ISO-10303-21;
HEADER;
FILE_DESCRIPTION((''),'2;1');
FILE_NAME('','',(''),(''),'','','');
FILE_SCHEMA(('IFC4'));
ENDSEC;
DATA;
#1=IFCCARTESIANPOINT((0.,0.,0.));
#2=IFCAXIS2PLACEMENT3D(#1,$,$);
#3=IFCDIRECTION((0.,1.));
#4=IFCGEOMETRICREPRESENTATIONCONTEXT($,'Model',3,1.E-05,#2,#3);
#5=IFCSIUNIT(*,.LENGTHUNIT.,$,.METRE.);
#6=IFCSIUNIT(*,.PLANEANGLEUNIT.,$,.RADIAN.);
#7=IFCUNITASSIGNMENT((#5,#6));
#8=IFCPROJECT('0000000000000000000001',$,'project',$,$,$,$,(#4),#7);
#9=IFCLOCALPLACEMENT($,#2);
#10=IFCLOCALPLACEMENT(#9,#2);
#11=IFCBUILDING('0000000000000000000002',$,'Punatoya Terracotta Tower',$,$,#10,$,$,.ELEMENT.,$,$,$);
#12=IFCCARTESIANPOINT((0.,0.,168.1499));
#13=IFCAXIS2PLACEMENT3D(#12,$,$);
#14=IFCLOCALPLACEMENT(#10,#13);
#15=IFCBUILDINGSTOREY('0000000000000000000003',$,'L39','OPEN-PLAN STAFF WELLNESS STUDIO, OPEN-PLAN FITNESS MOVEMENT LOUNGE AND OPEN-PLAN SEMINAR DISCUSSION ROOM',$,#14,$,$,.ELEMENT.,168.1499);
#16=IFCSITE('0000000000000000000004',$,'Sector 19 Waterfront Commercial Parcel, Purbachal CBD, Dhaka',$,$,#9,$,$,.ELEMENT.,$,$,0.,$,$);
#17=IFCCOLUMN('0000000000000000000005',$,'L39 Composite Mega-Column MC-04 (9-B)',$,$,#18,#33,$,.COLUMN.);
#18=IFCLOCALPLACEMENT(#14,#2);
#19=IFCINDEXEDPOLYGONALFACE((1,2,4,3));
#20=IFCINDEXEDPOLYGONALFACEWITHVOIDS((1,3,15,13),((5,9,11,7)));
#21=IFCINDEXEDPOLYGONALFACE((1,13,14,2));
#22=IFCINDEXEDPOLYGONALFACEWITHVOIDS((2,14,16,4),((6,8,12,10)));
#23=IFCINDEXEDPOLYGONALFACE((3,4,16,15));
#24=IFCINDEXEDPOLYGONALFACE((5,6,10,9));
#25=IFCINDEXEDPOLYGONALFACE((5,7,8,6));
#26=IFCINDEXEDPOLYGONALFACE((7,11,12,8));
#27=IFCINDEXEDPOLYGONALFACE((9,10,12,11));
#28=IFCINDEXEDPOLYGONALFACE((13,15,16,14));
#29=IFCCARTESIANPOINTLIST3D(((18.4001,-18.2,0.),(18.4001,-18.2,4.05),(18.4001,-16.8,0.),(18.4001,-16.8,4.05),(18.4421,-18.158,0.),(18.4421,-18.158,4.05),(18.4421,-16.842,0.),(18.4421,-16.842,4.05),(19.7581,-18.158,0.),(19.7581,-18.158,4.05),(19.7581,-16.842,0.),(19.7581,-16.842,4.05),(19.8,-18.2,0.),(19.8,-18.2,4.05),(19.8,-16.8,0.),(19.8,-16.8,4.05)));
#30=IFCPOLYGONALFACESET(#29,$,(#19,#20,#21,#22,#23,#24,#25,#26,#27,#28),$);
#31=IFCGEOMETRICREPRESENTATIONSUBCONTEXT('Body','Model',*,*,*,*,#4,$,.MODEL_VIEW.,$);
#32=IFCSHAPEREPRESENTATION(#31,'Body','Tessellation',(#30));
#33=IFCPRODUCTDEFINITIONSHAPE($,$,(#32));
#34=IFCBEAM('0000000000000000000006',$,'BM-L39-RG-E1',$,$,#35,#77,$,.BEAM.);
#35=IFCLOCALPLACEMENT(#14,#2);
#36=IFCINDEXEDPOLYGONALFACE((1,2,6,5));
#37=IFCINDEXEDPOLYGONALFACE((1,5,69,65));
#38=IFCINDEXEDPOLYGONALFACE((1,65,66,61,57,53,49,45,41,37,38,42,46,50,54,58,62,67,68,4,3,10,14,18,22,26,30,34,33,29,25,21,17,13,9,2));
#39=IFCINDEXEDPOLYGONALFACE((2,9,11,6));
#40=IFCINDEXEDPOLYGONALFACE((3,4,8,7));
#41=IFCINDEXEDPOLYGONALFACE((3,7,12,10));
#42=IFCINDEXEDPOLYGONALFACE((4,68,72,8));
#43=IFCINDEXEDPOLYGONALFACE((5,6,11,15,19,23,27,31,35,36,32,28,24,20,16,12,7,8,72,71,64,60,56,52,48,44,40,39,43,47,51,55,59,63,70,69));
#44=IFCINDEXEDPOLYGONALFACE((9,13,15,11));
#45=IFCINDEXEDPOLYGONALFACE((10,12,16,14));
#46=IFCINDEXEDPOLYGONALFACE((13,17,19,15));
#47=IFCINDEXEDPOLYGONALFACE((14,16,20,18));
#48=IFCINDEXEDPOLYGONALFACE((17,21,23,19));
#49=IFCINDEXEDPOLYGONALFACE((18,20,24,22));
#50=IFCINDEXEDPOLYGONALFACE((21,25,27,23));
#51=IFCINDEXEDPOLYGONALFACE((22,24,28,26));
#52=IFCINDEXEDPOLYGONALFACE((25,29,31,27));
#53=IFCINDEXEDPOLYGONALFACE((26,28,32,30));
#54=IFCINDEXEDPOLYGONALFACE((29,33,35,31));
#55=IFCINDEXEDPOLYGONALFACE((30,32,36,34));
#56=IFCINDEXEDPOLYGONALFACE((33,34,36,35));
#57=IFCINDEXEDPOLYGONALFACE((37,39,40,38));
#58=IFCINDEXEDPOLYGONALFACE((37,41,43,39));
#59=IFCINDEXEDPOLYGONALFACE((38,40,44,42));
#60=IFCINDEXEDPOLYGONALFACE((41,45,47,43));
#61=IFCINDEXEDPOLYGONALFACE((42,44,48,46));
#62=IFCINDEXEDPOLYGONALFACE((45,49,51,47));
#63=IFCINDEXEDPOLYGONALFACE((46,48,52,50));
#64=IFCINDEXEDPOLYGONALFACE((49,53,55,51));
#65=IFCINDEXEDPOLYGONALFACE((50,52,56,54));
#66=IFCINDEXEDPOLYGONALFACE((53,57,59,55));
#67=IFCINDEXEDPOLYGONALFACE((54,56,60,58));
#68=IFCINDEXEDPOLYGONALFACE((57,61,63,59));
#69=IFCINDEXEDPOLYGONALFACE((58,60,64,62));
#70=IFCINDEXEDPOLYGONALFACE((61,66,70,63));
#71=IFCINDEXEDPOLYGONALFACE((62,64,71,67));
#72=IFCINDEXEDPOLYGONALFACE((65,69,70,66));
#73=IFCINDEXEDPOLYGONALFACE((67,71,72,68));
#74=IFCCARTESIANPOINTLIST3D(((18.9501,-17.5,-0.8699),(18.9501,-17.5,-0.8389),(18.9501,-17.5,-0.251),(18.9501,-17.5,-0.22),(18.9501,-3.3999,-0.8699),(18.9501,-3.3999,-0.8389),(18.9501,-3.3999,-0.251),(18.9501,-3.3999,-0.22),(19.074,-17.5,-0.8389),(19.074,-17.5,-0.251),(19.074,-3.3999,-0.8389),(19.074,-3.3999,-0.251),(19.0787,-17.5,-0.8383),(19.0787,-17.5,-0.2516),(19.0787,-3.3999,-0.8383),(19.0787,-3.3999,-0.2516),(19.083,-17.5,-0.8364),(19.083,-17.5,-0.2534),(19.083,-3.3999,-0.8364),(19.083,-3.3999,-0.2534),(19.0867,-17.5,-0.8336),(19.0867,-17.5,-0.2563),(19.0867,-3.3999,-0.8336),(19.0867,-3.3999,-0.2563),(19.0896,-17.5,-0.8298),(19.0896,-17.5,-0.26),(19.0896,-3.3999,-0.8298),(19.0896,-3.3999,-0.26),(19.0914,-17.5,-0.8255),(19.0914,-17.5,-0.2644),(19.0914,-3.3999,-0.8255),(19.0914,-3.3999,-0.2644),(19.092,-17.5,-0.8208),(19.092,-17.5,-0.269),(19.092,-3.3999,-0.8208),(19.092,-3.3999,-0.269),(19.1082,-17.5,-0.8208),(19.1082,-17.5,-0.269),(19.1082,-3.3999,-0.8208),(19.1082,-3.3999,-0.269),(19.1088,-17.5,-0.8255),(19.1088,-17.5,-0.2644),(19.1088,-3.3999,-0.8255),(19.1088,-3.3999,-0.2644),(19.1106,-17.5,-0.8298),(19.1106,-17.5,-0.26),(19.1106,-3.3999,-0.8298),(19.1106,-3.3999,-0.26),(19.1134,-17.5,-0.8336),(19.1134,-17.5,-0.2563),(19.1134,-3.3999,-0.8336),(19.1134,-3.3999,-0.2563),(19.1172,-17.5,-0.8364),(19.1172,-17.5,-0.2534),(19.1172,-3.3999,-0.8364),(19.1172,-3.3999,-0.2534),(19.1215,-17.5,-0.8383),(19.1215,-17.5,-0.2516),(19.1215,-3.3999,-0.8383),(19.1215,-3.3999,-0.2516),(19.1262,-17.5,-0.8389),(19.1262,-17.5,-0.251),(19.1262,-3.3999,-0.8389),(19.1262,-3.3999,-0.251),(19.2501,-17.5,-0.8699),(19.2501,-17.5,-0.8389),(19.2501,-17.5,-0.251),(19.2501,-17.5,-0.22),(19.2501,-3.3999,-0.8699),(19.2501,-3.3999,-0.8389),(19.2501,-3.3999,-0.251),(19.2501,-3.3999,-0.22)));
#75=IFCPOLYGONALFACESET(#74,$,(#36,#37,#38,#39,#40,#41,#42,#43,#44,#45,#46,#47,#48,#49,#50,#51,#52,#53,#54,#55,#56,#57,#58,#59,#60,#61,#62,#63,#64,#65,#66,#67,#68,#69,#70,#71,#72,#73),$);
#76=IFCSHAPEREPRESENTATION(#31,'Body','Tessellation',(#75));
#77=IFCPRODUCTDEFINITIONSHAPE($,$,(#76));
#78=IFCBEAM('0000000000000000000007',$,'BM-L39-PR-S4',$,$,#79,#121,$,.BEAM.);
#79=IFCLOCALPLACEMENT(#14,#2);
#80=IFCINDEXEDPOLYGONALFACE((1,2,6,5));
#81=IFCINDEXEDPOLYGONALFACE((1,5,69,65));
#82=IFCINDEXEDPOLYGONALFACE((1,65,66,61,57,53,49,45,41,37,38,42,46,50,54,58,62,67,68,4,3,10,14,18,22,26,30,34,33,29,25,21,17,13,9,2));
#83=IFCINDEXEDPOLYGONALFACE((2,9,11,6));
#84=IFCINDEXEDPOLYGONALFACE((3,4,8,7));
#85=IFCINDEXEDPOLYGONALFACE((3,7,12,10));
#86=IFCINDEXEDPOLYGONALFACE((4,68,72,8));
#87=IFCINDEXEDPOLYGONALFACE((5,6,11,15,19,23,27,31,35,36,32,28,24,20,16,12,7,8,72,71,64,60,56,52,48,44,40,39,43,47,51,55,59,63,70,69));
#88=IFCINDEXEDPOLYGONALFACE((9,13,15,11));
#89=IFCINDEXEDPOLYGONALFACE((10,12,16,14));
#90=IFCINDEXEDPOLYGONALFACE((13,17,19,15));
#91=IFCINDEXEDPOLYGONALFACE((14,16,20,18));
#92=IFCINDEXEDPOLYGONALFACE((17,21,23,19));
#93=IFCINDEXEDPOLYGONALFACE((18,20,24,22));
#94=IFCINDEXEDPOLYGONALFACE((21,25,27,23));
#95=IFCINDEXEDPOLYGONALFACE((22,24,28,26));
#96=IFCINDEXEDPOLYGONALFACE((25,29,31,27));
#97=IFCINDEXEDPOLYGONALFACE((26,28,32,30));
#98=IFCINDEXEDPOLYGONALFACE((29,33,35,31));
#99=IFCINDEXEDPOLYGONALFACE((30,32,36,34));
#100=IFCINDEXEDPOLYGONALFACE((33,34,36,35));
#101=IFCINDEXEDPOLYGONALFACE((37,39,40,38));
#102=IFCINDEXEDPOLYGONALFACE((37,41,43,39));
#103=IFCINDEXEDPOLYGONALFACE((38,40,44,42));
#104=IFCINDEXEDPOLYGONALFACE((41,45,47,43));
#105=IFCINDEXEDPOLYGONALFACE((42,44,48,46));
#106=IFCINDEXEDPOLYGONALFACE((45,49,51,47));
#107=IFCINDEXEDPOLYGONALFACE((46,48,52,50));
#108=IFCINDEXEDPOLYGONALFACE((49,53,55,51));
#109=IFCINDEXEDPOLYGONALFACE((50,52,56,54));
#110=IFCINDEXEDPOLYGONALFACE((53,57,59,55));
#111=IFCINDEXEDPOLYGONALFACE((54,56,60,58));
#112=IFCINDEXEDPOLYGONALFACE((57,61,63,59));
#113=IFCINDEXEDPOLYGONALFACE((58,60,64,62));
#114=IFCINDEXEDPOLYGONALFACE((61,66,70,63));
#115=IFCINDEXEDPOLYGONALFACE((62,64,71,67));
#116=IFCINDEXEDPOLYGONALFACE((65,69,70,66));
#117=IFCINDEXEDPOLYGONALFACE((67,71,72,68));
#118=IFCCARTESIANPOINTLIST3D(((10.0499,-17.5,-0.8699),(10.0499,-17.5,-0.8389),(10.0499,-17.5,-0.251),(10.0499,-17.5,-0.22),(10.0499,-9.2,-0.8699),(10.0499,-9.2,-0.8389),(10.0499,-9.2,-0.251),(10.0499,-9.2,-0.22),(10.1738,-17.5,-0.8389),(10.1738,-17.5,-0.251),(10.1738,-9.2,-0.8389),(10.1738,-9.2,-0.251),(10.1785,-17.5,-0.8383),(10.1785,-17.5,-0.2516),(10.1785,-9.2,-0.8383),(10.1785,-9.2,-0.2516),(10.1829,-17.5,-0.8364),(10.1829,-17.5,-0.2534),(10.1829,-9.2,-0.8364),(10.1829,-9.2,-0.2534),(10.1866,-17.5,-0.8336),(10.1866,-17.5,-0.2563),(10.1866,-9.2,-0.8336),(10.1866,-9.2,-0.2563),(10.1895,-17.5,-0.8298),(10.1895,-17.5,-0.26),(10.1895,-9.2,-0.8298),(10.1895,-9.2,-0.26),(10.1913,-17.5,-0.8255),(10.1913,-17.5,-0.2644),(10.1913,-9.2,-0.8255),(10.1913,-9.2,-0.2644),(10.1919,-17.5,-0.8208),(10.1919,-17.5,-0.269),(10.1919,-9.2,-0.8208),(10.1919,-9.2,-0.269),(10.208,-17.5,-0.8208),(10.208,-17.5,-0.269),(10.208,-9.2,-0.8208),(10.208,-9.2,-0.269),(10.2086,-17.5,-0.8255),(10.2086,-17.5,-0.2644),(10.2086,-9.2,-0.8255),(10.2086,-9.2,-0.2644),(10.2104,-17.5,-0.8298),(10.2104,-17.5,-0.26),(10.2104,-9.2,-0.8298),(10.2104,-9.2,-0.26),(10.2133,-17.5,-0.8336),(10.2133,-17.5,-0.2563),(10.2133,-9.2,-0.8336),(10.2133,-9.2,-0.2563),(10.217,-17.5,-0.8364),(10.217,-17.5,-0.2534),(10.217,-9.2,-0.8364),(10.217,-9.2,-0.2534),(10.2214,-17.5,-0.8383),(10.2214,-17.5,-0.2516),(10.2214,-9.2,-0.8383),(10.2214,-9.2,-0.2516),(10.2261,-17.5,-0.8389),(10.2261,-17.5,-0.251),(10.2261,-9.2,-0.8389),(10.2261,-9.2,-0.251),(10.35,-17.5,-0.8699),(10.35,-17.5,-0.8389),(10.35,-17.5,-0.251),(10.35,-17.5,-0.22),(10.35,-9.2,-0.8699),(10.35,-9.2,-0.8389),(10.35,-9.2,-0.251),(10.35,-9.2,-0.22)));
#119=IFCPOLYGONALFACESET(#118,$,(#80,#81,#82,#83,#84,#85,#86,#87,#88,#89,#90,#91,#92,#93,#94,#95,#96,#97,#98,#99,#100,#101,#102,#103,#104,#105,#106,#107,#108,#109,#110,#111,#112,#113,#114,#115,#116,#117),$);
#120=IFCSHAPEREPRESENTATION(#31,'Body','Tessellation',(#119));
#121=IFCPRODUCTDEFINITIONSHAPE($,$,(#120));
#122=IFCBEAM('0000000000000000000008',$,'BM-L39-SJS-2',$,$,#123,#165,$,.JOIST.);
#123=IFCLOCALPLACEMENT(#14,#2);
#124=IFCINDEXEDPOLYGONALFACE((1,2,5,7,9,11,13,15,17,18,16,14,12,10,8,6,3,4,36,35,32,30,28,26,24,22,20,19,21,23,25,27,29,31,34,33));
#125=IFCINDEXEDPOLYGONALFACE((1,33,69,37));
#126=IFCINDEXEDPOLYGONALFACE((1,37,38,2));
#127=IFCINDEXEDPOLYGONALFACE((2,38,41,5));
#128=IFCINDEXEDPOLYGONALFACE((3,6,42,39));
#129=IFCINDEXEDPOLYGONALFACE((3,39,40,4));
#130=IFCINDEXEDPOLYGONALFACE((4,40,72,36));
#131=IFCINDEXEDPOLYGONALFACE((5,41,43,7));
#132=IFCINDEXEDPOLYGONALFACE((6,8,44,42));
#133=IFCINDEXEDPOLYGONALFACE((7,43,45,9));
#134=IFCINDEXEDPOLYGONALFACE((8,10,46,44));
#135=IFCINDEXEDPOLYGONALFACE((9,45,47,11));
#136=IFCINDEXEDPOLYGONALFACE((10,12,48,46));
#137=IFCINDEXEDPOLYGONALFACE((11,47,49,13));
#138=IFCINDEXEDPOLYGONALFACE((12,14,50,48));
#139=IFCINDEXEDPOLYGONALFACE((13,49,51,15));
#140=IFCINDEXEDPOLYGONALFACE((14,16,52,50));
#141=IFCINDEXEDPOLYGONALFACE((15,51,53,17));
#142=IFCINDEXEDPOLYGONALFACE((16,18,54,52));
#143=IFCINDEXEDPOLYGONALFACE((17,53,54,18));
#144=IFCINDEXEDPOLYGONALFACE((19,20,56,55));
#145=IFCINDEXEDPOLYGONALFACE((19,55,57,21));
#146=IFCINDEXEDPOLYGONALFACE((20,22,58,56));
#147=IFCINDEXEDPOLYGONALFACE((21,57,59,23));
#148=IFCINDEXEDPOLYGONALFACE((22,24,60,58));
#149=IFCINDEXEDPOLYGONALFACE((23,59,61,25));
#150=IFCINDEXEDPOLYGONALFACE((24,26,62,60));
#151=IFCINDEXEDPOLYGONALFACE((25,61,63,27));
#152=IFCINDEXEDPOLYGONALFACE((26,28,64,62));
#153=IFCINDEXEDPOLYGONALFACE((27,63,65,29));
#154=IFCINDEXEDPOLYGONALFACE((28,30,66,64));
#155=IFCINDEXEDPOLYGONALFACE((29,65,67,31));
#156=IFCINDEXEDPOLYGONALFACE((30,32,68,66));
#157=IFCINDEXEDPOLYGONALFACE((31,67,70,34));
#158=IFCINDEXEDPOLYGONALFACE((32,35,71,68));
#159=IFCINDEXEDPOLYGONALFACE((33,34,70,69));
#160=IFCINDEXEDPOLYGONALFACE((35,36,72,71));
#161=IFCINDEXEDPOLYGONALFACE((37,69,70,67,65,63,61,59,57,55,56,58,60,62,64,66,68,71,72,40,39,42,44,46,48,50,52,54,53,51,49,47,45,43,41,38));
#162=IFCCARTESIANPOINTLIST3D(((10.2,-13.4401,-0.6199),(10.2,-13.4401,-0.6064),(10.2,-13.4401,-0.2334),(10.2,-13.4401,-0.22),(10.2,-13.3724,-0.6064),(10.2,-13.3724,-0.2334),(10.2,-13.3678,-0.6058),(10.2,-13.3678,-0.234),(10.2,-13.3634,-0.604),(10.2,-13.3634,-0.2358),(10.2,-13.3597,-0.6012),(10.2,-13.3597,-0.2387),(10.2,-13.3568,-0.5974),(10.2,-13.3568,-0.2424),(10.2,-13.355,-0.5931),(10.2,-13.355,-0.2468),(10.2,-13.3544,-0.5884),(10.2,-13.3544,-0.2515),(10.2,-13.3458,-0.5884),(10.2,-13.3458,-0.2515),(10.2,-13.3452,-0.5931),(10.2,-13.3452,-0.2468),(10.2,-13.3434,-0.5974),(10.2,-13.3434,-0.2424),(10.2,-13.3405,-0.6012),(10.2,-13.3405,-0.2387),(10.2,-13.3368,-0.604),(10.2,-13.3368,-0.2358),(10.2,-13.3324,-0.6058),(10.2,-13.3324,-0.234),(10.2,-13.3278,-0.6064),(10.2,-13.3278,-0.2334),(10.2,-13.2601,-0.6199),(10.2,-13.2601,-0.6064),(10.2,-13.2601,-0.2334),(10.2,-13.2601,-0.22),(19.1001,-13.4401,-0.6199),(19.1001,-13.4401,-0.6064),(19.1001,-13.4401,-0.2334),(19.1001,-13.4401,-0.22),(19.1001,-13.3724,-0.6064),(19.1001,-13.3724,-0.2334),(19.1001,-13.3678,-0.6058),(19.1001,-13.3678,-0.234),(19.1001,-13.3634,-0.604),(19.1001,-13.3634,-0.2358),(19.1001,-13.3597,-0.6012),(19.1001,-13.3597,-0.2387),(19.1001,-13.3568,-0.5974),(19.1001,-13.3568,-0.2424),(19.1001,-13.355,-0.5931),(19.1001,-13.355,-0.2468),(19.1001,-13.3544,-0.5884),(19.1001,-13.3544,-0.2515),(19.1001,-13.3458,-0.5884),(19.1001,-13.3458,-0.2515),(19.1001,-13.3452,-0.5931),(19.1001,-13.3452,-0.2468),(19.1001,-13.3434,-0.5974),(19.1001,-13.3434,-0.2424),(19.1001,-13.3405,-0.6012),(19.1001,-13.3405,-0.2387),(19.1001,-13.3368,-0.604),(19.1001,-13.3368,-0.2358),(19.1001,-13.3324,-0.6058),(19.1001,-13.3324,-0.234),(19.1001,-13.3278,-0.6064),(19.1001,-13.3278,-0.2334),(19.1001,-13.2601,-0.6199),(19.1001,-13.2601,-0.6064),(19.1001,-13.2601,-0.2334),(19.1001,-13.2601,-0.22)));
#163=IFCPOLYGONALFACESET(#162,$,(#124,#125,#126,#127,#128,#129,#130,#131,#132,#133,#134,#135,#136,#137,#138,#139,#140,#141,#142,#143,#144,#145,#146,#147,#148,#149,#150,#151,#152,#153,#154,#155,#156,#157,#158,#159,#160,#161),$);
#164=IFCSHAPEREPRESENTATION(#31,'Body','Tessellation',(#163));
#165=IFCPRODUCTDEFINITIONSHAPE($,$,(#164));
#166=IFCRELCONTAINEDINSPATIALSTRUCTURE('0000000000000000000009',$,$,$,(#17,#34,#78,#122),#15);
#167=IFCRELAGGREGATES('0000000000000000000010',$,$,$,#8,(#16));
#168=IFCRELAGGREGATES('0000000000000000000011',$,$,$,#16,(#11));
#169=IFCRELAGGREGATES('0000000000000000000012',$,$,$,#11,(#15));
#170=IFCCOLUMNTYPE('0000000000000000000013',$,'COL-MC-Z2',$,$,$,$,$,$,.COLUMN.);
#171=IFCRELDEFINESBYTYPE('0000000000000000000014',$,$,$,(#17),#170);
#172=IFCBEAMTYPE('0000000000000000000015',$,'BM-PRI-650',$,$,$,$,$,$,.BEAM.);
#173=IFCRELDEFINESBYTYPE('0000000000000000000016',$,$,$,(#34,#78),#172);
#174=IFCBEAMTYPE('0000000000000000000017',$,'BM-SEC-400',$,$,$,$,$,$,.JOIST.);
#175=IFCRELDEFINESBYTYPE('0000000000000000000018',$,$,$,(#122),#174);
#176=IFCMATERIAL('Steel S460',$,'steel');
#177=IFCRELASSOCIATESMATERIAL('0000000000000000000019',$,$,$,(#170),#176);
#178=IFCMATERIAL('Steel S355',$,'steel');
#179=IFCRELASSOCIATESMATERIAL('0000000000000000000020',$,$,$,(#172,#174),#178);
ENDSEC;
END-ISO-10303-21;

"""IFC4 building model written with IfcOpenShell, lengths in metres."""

from ifc_helpers import new_model, si_unit, direction, frame, origin, origin_2d, place, context, subcontext, project, spatial, hollow_rectangle, i_section, extrude, material, material_profile, profile_set, type_object, element, save


model = new_model("IFC4")

# Units and contexts
model_context = context("Model", 3, precision=1e-05, world=origin(), true_north=direction((0.0, 1.0)))
body_context = subcontext(model_context, "Body", "Model", "MODEL_VIEW")
ifc_project = project(units=[si_unit("LENGTHUNIT", "METRE"), si_unit("PLANEANGLEUNIT", "RADIAN")], contexts=[model_context])

# Site, building, storey
site_placement = place(None, origin())
site = spatial("IfcSite", under=ifc_project, at=site_placement, Name="Sector 19 Waterfront Commercial Parcel, Purbachal CBD, Dhaka", CompositionType="ELEMENT", RefElevation=0.0)
building_placement = place(site_placement, origin())
building = spatial("IfcBuilding", under=site, at=building_placement, Name="Punatoya Terracotta Tower", CompositionType="ELEMENT")
storey_placement = place(building_placement, frame((0.0, 0.0, 168.1499)))
storey = spatial("IfcBuildingStorey", under=building, at=storey_placement, Name="L39", Description="OPEN-PLAN STAFF WELLNESS STUDIO, OPEN-PLAN FITNESS MOVEMENT LOUNGE AND OPEN-PLAN SEMINAR DISCUSSION ROOM", CompositionType="ELEMENT", Elevation=168.1499)

# Column
ifc_material_1 = material(Name="Steel S460", Category="steel")
ifc_material_profile_1 = material_profile(ifc_material_1, hollow_rectangle(XDim=1.3999, YDim=1.3999, WallThickness=0.042, at=origin_2d()))
ifc_profile_set_1 = profile_set([ifc_material_profile_1], Name="Steel S460")
column_type = type_object("IfcColumnType", Name="COL-MC-Z2", PredefinedType="COLUMN", material=ifc_profile_set_1)
column_placement = place(storey_placement, frame((19.1001, -17.5, 0.0), z_axis=(0.0, 0.0, 1.0), x_axis=(1.0, 0.0, 0.0)))
element("IfcColumn", 1, at=column_placement, inside=storey, type_object=column_type, Name="L39 Composite Mega-Column MC-04 (9-B)", PredefinedType="COLUMN", context=body_context, shape_type="SweptSolid", body=[
    extrude(hollow_rectangle(XDim=1.3999, YDim=1.3999, WallThickness=0.042, at=origin_2d()), origin(), (0.0, 0.0, 1.0), 4.05),
])

# Beams
ifc_material_2 = material(Name="Steel S355", Category="steel")
ifc_material_profile_2 = material_profile(ifc_material_2, i_section(OverallWidth=0.3, OverallDepth=0.6499, WebThickness=0.0161, FlangeThickness=0.031, FilletRadius=0.0181, at=origin_2d()))
ifc_profile_set_2 = profile_set([ifc_material_profile_2], Name="Steel S355")
beam_type_1 = type_object("IfcBeamType", Name="BM-PRI-650", PredefinedType="BEAM", material=ifc_profile_set_2)
beam_1_placement = place(storey_placement, frame((19.1001, -17.5, -0.5449), z_axis=(0.0, 1.0, 0.0), x_axis=(-1.0, 0.0, 0.0)))
element("IfcBeam", 2, at=beam_1_placement, inside=storey, type_object=beam_type_1, Name="BM-L39-RG-E1", PredefinedType="BEAM", context=body_context, shape_type="SweptSolid", body=[
    extrude(i_section(OverallWidth=0.3, OverallDepth=0.6499, WebThickness=0.0161, FlangeThickness=0.031, FilletRadius=0.0181, at=origin_2d()), origin(), (0.0, 0.0, 1.0), 14.1001),
])
beam_2_placement = place(storey_placement, frame((10.2, -17.5, -0.5449), z_axis=(0.0, 1.0, 0.0), x_axis=(-1.0, 0.0, 0.0)))
element("IfcBeam", 3, at=beam_2_placement, inside=storey, type_object=beam_type_1, Name="BM-L39-PR-S4", PredefinedType="BEAM", context=body_context, shape_type="SweptSolid", body=[
    extrude(i_section(OverallWidth=0.3, OverallDepth=0.6499, WebThickness=0.0161, FlangeThickness=0.031, FilletRadius=0.0181, at=origin_2d()), origin(), (0.0, 0.0, 1.0), 8.3),
])
ifc_material_profile_3 = material_profile(ifc_material_2, i_section(OverallWidth=0.1799, OverallDepth=0.3999, WebThickness=0.0085, FlangeThickness=0.0134, FilletRadius=0.0181, at=origin_2d()))
ifc_profile_set_3 = profile_set([ifc_material_profile_3], Name="Steel S355")
beam_type_2 = type_object("IfcBeamType", Name="BM-SEC-400", PredefinedType="JOIST", material=ifc_profile_set_3)
beam_3_placement = place(storey_placement, frame((10.2, -13.3501, -0.4199), z_axis=(1.0, 0.0, 0.0), x_axis=(0.0, 1.0, 0.0)))
element("IfcBeam", 4, at=beam_3_placement, inside=storey, type_object=beam_type_2, Name="BM-L39-SJS-2", PredefinedType="JOIST", context=body_context, shape_type="SweptSolid", body=[
    extrude(i_section(OverallWidth=0.1799, OverallDepth=0.3999, WebThickness=0.0085, FlangeThickness=0.0134, FilletRadius=0.0181, at=origin_2d()), origin(), (0.0, 0.0, 1.0), 8.9001),
])

save(model, "model.ifc")
